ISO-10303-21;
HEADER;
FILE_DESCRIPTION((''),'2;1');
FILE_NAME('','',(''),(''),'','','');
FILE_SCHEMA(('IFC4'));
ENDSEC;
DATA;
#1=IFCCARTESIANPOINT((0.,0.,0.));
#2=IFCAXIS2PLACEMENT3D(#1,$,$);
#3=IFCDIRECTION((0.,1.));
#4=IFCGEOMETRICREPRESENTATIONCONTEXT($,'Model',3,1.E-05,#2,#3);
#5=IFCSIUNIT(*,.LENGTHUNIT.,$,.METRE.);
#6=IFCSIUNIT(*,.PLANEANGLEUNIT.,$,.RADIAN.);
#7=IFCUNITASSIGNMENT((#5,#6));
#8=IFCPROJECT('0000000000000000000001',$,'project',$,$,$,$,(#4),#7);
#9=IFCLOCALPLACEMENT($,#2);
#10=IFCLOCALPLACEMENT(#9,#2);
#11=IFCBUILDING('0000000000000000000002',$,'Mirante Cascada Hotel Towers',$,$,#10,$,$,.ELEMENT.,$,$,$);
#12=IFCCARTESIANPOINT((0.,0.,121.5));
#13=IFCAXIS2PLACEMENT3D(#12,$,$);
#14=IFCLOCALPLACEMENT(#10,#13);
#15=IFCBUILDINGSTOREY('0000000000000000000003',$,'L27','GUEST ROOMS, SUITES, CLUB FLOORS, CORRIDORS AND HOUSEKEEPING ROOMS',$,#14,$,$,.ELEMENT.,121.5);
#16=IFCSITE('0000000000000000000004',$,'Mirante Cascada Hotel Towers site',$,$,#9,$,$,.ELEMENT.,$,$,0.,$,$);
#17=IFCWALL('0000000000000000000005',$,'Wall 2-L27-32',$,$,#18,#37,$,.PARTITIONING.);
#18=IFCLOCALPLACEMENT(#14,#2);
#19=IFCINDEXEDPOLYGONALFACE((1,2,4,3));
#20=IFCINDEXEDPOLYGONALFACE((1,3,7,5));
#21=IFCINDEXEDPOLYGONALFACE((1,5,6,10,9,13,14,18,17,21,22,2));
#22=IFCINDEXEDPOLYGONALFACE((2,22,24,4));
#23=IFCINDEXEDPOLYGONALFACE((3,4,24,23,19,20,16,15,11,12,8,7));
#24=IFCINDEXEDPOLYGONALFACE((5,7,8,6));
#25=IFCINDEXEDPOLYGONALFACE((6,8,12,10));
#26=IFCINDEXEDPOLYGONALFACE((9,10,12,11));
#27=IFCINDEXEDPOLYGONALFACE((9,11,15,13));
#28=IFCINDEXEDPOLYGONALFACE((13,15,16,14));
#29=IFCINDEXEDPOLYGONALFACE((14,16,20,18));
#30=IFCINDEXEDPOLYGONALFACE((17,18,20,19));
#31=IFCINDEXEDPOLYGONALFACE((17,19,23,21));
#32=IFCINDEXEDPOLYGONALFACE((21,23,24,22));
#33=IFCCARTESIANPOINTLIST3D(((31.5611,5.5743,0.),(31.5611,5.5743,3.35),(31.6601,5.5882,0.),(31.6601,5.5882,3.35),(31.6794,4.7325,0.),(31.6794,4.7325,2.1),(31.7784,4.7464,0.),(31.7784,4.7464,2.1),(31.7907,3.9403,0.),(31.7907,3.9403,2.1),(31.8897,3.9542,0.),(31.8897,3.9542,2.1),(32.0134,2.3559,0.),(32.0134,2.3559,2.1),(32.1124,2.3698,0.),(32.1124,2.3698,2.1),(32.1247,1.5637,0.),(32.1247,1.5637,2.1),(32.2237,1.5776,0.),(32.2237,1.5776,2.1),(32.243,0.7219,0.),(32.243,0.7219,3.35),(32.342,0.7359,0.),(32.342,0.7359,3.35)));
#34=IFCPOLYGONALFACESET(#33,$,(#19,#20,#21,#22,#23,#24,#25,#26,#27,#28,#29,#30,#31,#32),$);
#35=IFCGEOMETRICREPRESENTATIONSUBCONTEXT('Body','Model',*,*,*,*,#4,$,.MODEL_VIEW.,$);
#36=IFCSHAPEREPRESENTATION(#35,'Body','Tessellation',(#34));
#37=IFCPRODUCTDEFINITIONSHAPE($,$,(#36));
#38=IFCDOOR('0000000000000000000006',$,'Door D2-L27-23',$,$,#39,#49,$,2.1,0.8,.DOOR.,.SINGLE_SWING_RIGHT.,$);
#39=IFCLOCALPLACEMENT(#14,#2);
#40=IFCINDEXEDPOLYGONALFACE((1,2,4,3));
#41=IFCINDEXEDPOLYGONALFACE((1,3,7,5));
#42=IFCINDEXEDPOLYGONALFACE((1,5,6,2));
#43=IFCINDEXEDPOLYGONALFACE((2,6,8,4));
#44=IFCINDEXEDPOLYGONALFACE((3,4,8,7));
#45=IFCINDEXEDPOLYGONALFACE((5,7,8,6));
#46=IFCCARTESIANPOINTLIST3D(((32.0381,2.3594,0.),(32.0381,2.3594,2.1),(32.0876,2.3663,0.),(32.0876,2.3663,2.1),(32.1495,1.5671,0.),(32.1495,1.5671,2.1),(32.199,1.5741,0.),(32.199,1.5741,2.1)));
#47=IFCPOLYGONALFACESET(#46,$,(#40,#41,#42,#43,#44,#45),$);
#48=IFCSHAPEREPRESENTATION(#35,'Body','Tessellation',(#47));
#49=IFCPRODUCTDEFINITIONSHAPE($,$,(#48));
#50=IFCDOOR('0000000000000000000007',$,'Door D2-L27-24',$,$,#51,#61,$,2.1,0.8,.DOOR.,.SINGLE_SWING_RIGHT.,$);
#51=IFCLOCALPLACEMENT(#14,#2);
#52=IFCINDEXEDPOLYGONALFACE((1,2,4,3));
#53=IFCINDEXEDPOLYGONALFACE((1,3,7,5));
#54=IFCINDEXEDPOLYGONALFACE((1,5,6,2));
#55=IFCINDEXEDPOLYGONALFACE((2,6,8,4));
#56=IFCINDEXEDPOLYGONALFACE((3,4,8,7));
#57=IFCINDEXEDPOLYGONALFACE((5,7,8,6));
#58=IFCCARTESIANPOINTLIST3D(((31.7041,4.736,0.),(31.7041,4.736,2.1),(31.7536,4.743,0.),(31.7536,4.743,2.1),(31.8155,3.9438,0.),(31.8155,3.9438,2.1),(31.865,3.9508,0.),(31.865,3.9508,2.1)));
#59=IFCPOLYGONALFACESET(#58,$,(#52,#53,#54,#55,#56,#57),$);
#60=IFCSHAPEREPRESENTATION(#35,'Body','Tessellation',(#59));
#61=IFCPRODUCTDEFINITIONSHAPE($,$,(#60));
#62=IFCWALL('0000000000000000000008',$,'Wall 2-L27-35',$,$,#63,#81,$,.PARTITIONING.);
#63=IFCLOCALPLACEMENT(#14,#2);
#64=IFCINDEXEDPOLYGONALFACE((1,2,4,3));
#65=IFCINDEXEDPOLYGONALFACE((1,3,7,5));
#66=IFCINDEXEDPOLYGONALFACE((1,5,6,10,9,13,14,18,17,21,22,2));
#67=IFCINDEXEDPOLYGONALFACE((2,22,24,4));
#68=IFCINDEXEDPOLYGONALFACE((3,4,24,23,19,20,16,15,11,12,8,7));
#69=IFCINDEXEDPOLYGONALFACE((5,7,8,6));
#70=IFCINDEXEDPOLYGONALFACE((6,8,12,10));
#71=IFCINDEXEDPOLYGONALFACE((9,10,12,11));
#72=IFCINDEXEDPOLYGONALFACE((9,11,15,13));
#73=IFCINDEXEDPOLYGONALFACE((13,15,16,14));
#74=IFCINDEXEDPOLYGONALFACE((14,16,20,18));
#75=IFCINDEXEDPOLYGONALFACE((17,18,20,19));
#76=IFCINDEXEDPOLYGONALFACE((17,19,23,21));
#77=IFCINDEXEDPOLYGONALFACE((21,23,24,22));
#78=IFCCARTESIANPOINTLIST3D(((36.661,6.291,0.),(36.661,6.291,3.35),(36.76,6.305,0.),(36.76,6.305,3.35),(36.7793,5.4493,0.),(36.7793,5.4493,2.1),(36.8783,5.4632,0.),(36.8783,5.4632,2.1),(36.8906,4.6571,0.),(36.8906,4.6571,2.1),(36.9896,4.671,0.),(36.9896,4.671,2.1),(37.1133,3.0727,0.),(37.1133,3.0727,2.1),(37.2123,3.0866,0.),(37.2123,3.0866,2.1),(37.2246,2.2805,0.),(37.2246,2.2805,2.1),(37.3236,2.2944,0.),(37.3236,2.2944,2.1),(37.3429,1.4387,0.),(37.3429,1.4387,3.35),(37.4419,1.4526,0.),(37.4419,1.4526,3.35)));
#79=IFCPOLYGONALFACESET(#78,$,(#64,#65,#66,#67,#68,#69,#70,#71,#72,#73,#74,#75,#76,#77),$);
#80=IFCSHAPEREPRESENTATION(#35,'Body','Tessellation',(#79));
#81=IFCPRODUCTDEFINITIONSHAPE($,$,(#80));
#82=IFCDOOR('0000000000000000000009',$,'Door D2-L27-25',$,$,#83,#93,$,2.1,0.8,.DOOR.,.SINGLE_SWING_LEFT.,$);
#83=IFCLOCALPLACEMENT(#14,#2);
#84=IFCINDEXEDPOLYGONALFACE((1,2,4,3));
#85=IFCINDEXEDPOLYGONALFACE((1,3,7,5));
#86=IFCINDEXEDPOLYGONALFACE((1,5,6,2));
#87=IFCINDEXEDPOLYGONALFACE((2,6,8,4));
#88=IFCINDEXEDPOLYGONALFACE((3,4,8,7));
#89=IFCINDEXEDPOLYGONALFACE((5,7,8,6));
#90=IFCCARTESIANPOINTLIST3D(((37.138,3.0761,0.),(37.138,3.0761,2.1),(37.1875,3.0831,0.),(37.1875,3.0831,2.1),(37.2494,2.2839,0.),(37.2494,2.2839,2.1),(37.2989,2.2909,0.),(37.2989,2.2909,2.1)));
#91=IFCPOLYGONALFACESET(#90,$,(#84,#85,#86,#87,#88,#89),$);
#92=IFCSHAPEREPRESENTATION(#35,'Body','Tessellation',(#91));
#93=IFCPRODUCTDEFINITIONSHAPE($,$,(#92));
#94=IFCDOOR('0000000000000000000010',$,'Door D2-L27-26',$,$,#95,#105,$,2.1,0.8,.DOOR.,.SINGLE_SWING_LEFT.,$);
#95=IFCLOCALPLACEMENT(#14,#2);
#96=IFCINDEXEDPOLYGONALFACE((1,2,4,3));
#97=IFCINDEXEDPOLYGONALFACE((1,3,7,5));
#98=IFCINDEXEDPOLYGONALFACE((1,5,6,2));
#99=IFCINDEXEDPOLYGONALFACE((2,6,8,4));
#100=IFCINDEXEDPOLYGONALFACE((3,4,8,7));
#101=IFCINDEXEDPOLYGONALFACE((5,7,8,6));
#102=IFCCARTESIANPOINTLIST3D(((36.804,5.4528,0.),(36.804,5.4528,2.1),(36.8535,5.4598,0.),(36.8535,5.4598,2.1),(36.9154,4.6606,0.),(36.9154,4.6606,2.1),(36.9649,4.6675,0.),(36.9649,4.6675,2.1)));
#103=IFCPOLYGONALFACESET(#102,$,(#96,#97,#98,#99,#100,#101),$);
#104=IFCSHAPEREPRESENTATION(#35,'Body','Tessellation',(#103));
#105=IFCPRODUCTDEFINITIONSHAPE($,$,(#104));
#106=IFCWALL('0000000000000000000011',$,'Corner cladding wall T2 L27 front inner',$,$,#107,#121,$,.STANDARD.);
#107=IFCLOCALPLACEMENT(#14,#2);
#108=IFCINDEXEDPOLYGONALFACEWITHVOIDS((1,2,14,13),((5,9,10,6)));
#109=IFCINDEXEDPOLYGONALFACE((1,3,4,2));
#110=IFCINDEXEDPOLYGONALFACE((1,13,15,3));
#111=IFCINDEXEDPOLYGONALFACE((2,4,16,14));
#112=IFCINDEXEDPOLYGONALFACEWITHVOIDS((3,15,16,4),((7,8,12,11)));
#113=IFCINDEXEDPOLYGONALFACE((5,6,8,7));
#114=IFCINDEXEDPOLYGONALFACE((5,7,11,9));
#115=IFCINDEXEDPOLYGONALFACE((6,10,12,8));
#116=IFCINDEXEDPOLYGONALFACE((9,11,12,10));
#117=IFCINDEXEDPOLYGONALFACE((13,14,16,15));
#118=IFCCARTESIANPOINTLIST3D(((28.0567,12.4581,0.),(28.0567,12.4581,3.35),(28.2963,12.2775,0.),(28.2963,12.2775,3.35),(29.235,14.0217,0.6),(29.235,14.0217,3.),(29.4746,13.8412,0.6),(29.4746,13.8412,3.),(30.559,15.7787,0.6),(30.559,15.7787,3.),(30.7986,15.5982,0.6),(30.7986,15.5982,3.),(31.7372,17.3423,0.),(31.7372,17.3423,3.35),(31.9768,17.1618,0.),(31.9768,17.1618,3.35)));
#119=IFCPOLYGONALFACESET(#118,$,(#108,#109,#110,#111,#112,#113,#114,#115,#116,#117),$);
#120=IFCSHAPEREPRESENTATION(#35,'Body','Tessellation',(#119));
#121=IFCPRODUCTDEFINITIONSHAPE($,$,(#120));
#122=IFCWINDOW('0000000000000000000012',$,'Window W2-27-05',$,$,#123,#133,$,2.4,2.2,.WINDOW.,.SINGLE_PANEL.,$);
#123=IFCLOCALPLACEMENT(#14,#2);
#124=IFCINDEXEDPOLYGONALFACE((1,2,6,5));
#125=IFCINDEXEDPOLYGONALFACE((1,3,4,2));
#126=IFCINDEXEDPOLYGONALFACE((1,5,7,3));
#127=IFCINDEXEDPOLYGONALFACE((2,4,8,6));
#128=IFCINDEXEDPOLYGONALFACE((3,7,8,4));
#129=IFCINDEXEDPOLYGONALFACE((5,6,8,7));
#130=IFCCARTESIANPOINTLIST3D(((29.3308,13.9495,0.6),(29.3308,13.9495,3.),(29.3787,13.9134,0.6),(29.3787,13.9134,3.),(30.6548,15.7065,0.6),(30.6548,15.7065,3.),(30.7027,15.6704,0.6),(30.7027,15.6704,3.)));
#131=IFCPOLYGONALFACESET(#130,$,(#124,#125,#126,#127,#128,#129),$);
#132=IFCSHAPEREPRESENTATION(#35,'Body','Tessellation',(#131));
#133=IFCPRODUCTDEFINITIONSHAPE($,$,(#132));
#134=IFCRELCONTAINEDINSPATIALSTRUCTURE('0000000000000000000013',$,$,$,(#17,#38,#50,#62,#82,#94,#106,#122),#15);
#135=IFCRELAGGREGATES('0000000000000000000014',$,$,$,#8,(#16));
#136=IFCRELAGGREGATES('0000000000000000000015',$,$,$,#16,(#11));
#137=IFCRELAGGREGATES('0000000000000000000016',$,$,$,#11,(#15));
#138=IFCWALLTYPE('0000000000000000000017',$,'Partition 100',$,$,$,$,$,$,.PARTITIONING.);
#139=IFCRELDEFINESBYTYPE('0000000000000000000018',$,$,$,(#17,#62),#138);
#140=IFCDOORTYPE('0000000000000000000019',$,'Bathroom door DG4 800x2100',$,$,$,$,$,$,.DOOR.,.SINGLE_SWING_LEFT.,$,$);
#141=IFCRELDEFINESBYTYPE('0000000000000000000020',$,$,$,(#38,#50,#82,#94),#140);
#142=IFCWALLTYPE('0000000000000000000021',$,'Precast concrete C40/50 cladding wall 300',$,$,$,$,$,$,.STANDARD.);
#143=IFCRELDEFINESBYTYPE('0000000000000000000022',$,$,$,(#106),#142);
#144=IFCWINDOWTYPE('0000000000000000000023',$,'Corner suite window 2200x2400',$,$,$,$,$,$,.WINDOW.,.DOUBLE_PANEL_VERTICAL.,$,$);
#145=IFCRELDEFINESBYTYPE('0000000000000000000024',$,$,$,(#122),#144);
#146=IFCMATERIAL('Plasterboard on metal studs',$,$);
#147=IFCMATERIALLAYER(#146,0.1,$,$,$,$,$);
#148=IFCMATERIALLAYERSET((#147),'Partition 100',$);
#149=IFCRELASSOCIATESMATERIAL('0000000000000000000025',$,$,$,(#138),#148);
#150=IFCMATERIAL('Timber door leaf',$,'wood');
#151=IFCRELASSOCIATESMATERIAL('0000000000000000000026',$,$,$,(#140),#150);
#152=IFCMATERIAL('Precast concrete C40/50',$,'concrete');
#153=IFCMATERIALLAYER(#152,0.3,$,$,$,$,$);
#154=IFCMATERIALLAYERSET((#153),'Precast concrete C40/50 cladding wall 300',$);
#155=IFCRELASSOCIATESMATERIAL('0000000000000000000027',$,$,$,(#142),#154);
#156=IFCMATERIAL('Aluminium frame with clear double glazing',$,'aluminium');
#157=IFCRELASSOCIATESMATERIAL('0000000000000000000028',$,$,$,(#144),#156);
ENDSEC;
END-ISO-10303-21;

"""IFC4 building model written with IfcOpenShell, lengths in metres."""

from ifc_helpers import new_model, si_unit, direction, frame, frame_2d, origin, place, context, subcontext, project, spatial, rectangle, extrude, material, layer, layer_set, type_object, element, fill, save


model = new_model("IFC4")

# Units and contexts
model_context = context("Model", 3, precision=1e-05, world=origin(), true_north=direction((0.0, 1.0)))
body_context = subcontext(model_context, "Body", "Model", "MODEL_VIEW")
ifc_project = project(units=[si_unit("LENGTHUNIT", "METRE"), si_unit("PLANEANGLEUNIT", "RADIAN")], contexts=[model_context])

# Site, building, storey
site_placement = place(None, origin())
site = spatial("IfcSite", under=ifc_project, at=site_placement, Name="Mirante Cascada Hotel Towers site", CompositionType="ELEMENT", RefElevation=0.0)
building_placement = place(site_placement, origin())
building = spatial("IfcBuilding", under=site, at=building_placement, Name="Mirante Cascada Hotel Towers", CompositionType="ELEMENT")
storey_placement = place(building_placement, frame((0.0, 0.0, 121.5)))
storey = spatial("IfcBuildingStorey", under=building, at=storey_placement, Name="L27", Description="GUEST ROOMS, SUITES, CLUB FLOORS, CORRIDORS AND HOUSEKEEPING ROOMS", CompositionType="ELEMENT", Elevation=121.5)

# Shared definitions
ifc_material_1 = material(Name="Plasterboard on metal studs")
ifc_layer_1 = layer(ifc_material_1, 0.1)
ifc_layer_set_1 = layer_set([ifc_layer_1], Name="Partition 100")
wall_type_1 = type_object("IfcWallType", Name="Partition 100", PredefinedType="PARTITIONING", material=ifc_layer_set_1)

# Walls, openings, doors
wall_1_placement = place(storey_placement, frame((32.2925, 0.7289, 0.0), z_axis=(0.0, 0.0, 1.0), x_axis=(-0.139164, 0.990269, 0.0)))
wall_1 = element("IfcWall", 1, at=wall_1_placement, inside=storey, type_object=wall_type_1, Name="Wall 2-L27-32", PredefinedType="PARTITIONING", context=body_context, shape_type="SweptSolid", body=[
    extrude(rectangle(XDim=4.9, YDim=0.1, at=frame_2d((2.45, 0.0))), origin(), (0.0, 0.0, 1.0), 3.35),
])
opening_1_placement = place(wall_1_placement, frame((0.85, 0.0, 0.0)))
opening_1 = element("IfcOpeningElement", 2, at=opening_1_placement, cuts=wall_1, PredefinedType="OPENING", context=body_context, shape_type="SweptSolid", body=[
    extrude(rectangle(XDim=0.8, YDim=2.1, at=frame_2d((0.4, 1.05))), frame((0.0, 0.05, 0.0), z_axis=(0.0, -1.0, 0.0), x_axis=(1.0, 0.0, 0.0)), (0.0, 0.0, 1.0), 0.1),
])
opening_2_placement = place(wall_1_placement, frame((3.25, 0.0, 0.0)))
opening_2 = element("IfcOpeningElement", 3, at=opening_2_placement, cuts=wall_1, PredefinedType="OPENING", context=body_context, shape_type="SweptSolid", body=[
    extrude(rectangle(XDim=0.8, YDim=2.1, at=frame_2d((0.4, 1.05))), frame((0.0, 0.05, 0.0), z_axis=(0.0, -1.0, 0.0), x_axis=(1.0, 0.0, 0.0)), (0.0, 0.0, 1.0), 0.1),
])
ifc_material_2 = material(Name="Timber door leaf", Category="wood")
door_type = type_object("IfcDoorType", Name="Bathroom door DG4 800x2100", OperationType="SINGLE_SWING_LEFT", PredefinedType="DOOR", material=ifc_material_2)
door_1_placement = place(opening_1_placement, frame((0.8, 0.0, 0.0), z_axis=(0.0, 0.0, 1.0), x_axis=(-1.0, 0.0, 0.0)))
door_1 = element("IfcDoor", 4, at=door_1_placement, inside=storey, type_object=door_type, Name="Door D2-L27-23", OperationType="SINGLE_SWING_RIGHT", OverallHeight=2.1, OverallWidth=0.8, PredefinedType="DOOR", context=body_context, shape_type="SweptSolid", body=[
    extrude(rectangle(XDim=0.8, YDim=2.1, at=frame_2d((0.4, 1.05))), frame((0.0, 0.025, 0.0), z_axis=(0.0, -1.0, 0.0), x_axis=(1.0, 0.0, 0.0)), (0.0, 0.0, 1.0), 0.05),
])
fill(opening_1, door_1)
door_2_placement = place(opening_2_placement, frame((0.8, 0.0, 0.0), z_axis=(0.0, 0.0, 1.0), x_axis=(-1.0, 0.0, 0.0)))
door_2 = element("IfcDoor", 5, at=door_2_placement, inside=storey, type_object=door_type, Name="Door D2-L27-24", OperationType="SINGLE_SWING_RIGHT", OverallHeight=2.1, OverallWidth=0.8, PredefinedType="DOOR", context=body_context, shape_type="SweptSolid", body=[
    extrude(rectangle(XDim=0.8, YDim=2.1, at=frame_2d((0.4, 1.05))), frame((0.0, 0.025, 0.0), z_axis=(0.0, -1.0, 0.0), x_axis=(1.0, 0.0, 0.0)), (0.0, 0.0, 1.0), 0.05),
])
fill(opening_2, door_2)
wall_2_placement = place(storey_placement, frame((36.7105, 6.298, 0.0), z_axis=(0.0, 0.0, 1.0), x_axis=(0.139164, -0.990269, 0.0)))
wall_2 = element("IfcWall", 6, at=wall_2_placement, inside=storey, type_object=wall_type_1, Name="Wall 2-L27-35", PredefinedType="PARTITIONING", context=body_context, shape_type="SweptSolid", body=[
    extrude(rectangle(XDim=4.9, YDim=0.1, at=frame_2d((2.45, 0.0))), origin(), (0.0, 0.0, 1.0), 3.35),
])
opening_3_placement = place(wall_2_placement, frame((3.25, 0.0, 0.0)))
opening_3 = element("IfcOpeningElement", 7, at=opening_3_placement, cuts=wall_2, PredefinedType="OPENING", context=body_context, shape_type="SweptSolid", body=[
    extrude(rectangle(XDim=0.8, YDim=2.1, at=frame_2d((0.4, 1.05))), frame((0.0, 0.05, 0.0), z_axis=(0.0, -1.0, 0.0), x_axis=(1.0, 0.0, 0.0)), (0.0, 0.0, 1.0), 0.1),
])
opening_4_placement = place(wall_2_placement, frame((0.85, 0.0, 0.0)))
opening_4 = element("IfcOpeningElement", 8, at=opening_4_placement, cuts=wall_2, PredefinedType="OPENING", context=body_context, shape_type="SweptSolid", body=[
    extrude(rectangle(XDim=0.8, YDim=2.1, at=frame_2d((0.4, 1.05))), frame((0.0, 0.05, 0.0), z_axis=(0.0, -1.0, 0.0), x_axis=(1.0, 0.0, 0.0)), (0.0, 0.0, 1.0), 0.1),
])
door_3_placement = place(opening_3_placement, origin())
door_3 = element("IfcDoor", 9, at=door_3_placement, inside=storey, type_object=door_type, Name="Door D2-L27-25", OperationType="SINGLE_SWING_LEFT", OverallHeight=2.1, OverallWidth=0.8, PredefinedType="DOOR", context=body_context, shape_type="SweptSolid", body=[
    extrude(rectangle(XDim=0.8, YDim=2.1, at=frame_2d((0.4, 1.05))), frame((0.0, 0.025, 0.0), z_axis=(0.0, -1.0, 0.0), x_axis=(1.0, 0.0, 0.0)), (0.0, 0.0, 1.0), 0.05),
])
fill(opening_3, door_3)
door_4_placement = place(opening_4_placement, origin())
door_4 = element("IfcDoor", 10, at=door_4_placement, inside=storey, type_object=door_type, Name="Door D2-L27-26", OperationType="SINGLE_SWING_LEFT", OverallHeight=2.1, OverallWidth=0.8, PredefinedType="DOOR", context=body_context, shape_type="SweptSolid", body=[
    extrude(rectangle(XDim=0.8, YDim=2.1, at=frame_2d((0.4, 1.05))), frame((0.0, 0.025, 0.0), z_axis=(0.0, -1.0, 0.0), x_axis=(1.0, 0.0, 0.0)), (0.0, 0.0, 1.0), 0.05),
])
fill(opening_4, door_4)

# Wall, opening, window
ifc_material_3 = material(Name="Precast concrete C40/50", Category="concrete")
ifc_layer_2 = layer(ifc_material_3, 0.3)
ifc_layer_set_2 = layer_set([ifc_layer_2], Name="Precast concrete C40/50 cladding wall 300")
wall_type_2 = type_object("IfcWallType", Name="Precast concrete C40/50 cladding wall 300", PredefinedType="STANDARD", material=ifc_layer_set_2)
wall_3_placement = place(storey_placement, frame((31.857, 17.252, 0.0), z_axis=(0.0, 0.0, 1.0), x_axis=(-0.601814, -0.798636, 0.0)))
wall_3 = element("IfcWall", 11, at=wall_3_placement, inside=storey, type_object=wall_type_2, Name="Corner cladding wall T2 L27 front inner", PredefinedType="STANDARD", context=body_context, shape_type="SweptSolid", body=[
    extrude(rectangle(XDim=6.1157, YDim=0.3, at=frame_2d((3.0578, 0.0))), origin(), (0.0, 0.0, 1.0), 3.35),
])
opening_5_placement = place(wall_3_placement, frame((1.9578, 0.0, 0.6)))
opening_5 = element("IfcOpeningElement", 12, at=opening_5_placement, cuts=wall_3, PredefinedType="OPENING", context=body_context, shape_type="SweptSolid", body=[
    extrude(rectangle(XDim=2.2, YDim=2.4, at=frame_2d((1.1, 1.2))), frame((0.0, 0.15, 0.0), z_axis=(0.0, -1.0, 0.0), x_axis=(1.0, 0.0, 0.0)), (0.0, 0.0, 1.0), 0.3),
])
ifc_material_4 = material(Name="Aluminium frame with clear double glazing", Category="aluminium")
window_type = type_object("IfcWindowType", Name="Corner suite window 2200x2400", PartitioningType="DOUBLE_PANEL_VERTICAL", PredefinedType="WINDOW", material=ifc_material_4)
window_placement = place(opening_5_placement, origin())
window = element("IfcWindow", 13, at=window_placement, inside=storey, type_object=window_type, Name="Window W2-27-05", OverallHeight=2.4, OverallWidth=2.2, PartitioningType="SINGLE_PANEL", PredefinedType="WINDOW", context=body_context, shape_type="SweptSolid", body=[
    extrude(rectangle(XDim=2.2, YDim=2.4, at=frame_2d((1.1, 1.2))), frame((0.0, 0.03, 0.0), z_axis=(0.0, -1.0, 0.0), x_axis=(1.0, 0.0, 0.0)), (0.0, 0.0, 1.0), 0.06),
])
fill(opening_5, window)

save(model, "model.ifc")
